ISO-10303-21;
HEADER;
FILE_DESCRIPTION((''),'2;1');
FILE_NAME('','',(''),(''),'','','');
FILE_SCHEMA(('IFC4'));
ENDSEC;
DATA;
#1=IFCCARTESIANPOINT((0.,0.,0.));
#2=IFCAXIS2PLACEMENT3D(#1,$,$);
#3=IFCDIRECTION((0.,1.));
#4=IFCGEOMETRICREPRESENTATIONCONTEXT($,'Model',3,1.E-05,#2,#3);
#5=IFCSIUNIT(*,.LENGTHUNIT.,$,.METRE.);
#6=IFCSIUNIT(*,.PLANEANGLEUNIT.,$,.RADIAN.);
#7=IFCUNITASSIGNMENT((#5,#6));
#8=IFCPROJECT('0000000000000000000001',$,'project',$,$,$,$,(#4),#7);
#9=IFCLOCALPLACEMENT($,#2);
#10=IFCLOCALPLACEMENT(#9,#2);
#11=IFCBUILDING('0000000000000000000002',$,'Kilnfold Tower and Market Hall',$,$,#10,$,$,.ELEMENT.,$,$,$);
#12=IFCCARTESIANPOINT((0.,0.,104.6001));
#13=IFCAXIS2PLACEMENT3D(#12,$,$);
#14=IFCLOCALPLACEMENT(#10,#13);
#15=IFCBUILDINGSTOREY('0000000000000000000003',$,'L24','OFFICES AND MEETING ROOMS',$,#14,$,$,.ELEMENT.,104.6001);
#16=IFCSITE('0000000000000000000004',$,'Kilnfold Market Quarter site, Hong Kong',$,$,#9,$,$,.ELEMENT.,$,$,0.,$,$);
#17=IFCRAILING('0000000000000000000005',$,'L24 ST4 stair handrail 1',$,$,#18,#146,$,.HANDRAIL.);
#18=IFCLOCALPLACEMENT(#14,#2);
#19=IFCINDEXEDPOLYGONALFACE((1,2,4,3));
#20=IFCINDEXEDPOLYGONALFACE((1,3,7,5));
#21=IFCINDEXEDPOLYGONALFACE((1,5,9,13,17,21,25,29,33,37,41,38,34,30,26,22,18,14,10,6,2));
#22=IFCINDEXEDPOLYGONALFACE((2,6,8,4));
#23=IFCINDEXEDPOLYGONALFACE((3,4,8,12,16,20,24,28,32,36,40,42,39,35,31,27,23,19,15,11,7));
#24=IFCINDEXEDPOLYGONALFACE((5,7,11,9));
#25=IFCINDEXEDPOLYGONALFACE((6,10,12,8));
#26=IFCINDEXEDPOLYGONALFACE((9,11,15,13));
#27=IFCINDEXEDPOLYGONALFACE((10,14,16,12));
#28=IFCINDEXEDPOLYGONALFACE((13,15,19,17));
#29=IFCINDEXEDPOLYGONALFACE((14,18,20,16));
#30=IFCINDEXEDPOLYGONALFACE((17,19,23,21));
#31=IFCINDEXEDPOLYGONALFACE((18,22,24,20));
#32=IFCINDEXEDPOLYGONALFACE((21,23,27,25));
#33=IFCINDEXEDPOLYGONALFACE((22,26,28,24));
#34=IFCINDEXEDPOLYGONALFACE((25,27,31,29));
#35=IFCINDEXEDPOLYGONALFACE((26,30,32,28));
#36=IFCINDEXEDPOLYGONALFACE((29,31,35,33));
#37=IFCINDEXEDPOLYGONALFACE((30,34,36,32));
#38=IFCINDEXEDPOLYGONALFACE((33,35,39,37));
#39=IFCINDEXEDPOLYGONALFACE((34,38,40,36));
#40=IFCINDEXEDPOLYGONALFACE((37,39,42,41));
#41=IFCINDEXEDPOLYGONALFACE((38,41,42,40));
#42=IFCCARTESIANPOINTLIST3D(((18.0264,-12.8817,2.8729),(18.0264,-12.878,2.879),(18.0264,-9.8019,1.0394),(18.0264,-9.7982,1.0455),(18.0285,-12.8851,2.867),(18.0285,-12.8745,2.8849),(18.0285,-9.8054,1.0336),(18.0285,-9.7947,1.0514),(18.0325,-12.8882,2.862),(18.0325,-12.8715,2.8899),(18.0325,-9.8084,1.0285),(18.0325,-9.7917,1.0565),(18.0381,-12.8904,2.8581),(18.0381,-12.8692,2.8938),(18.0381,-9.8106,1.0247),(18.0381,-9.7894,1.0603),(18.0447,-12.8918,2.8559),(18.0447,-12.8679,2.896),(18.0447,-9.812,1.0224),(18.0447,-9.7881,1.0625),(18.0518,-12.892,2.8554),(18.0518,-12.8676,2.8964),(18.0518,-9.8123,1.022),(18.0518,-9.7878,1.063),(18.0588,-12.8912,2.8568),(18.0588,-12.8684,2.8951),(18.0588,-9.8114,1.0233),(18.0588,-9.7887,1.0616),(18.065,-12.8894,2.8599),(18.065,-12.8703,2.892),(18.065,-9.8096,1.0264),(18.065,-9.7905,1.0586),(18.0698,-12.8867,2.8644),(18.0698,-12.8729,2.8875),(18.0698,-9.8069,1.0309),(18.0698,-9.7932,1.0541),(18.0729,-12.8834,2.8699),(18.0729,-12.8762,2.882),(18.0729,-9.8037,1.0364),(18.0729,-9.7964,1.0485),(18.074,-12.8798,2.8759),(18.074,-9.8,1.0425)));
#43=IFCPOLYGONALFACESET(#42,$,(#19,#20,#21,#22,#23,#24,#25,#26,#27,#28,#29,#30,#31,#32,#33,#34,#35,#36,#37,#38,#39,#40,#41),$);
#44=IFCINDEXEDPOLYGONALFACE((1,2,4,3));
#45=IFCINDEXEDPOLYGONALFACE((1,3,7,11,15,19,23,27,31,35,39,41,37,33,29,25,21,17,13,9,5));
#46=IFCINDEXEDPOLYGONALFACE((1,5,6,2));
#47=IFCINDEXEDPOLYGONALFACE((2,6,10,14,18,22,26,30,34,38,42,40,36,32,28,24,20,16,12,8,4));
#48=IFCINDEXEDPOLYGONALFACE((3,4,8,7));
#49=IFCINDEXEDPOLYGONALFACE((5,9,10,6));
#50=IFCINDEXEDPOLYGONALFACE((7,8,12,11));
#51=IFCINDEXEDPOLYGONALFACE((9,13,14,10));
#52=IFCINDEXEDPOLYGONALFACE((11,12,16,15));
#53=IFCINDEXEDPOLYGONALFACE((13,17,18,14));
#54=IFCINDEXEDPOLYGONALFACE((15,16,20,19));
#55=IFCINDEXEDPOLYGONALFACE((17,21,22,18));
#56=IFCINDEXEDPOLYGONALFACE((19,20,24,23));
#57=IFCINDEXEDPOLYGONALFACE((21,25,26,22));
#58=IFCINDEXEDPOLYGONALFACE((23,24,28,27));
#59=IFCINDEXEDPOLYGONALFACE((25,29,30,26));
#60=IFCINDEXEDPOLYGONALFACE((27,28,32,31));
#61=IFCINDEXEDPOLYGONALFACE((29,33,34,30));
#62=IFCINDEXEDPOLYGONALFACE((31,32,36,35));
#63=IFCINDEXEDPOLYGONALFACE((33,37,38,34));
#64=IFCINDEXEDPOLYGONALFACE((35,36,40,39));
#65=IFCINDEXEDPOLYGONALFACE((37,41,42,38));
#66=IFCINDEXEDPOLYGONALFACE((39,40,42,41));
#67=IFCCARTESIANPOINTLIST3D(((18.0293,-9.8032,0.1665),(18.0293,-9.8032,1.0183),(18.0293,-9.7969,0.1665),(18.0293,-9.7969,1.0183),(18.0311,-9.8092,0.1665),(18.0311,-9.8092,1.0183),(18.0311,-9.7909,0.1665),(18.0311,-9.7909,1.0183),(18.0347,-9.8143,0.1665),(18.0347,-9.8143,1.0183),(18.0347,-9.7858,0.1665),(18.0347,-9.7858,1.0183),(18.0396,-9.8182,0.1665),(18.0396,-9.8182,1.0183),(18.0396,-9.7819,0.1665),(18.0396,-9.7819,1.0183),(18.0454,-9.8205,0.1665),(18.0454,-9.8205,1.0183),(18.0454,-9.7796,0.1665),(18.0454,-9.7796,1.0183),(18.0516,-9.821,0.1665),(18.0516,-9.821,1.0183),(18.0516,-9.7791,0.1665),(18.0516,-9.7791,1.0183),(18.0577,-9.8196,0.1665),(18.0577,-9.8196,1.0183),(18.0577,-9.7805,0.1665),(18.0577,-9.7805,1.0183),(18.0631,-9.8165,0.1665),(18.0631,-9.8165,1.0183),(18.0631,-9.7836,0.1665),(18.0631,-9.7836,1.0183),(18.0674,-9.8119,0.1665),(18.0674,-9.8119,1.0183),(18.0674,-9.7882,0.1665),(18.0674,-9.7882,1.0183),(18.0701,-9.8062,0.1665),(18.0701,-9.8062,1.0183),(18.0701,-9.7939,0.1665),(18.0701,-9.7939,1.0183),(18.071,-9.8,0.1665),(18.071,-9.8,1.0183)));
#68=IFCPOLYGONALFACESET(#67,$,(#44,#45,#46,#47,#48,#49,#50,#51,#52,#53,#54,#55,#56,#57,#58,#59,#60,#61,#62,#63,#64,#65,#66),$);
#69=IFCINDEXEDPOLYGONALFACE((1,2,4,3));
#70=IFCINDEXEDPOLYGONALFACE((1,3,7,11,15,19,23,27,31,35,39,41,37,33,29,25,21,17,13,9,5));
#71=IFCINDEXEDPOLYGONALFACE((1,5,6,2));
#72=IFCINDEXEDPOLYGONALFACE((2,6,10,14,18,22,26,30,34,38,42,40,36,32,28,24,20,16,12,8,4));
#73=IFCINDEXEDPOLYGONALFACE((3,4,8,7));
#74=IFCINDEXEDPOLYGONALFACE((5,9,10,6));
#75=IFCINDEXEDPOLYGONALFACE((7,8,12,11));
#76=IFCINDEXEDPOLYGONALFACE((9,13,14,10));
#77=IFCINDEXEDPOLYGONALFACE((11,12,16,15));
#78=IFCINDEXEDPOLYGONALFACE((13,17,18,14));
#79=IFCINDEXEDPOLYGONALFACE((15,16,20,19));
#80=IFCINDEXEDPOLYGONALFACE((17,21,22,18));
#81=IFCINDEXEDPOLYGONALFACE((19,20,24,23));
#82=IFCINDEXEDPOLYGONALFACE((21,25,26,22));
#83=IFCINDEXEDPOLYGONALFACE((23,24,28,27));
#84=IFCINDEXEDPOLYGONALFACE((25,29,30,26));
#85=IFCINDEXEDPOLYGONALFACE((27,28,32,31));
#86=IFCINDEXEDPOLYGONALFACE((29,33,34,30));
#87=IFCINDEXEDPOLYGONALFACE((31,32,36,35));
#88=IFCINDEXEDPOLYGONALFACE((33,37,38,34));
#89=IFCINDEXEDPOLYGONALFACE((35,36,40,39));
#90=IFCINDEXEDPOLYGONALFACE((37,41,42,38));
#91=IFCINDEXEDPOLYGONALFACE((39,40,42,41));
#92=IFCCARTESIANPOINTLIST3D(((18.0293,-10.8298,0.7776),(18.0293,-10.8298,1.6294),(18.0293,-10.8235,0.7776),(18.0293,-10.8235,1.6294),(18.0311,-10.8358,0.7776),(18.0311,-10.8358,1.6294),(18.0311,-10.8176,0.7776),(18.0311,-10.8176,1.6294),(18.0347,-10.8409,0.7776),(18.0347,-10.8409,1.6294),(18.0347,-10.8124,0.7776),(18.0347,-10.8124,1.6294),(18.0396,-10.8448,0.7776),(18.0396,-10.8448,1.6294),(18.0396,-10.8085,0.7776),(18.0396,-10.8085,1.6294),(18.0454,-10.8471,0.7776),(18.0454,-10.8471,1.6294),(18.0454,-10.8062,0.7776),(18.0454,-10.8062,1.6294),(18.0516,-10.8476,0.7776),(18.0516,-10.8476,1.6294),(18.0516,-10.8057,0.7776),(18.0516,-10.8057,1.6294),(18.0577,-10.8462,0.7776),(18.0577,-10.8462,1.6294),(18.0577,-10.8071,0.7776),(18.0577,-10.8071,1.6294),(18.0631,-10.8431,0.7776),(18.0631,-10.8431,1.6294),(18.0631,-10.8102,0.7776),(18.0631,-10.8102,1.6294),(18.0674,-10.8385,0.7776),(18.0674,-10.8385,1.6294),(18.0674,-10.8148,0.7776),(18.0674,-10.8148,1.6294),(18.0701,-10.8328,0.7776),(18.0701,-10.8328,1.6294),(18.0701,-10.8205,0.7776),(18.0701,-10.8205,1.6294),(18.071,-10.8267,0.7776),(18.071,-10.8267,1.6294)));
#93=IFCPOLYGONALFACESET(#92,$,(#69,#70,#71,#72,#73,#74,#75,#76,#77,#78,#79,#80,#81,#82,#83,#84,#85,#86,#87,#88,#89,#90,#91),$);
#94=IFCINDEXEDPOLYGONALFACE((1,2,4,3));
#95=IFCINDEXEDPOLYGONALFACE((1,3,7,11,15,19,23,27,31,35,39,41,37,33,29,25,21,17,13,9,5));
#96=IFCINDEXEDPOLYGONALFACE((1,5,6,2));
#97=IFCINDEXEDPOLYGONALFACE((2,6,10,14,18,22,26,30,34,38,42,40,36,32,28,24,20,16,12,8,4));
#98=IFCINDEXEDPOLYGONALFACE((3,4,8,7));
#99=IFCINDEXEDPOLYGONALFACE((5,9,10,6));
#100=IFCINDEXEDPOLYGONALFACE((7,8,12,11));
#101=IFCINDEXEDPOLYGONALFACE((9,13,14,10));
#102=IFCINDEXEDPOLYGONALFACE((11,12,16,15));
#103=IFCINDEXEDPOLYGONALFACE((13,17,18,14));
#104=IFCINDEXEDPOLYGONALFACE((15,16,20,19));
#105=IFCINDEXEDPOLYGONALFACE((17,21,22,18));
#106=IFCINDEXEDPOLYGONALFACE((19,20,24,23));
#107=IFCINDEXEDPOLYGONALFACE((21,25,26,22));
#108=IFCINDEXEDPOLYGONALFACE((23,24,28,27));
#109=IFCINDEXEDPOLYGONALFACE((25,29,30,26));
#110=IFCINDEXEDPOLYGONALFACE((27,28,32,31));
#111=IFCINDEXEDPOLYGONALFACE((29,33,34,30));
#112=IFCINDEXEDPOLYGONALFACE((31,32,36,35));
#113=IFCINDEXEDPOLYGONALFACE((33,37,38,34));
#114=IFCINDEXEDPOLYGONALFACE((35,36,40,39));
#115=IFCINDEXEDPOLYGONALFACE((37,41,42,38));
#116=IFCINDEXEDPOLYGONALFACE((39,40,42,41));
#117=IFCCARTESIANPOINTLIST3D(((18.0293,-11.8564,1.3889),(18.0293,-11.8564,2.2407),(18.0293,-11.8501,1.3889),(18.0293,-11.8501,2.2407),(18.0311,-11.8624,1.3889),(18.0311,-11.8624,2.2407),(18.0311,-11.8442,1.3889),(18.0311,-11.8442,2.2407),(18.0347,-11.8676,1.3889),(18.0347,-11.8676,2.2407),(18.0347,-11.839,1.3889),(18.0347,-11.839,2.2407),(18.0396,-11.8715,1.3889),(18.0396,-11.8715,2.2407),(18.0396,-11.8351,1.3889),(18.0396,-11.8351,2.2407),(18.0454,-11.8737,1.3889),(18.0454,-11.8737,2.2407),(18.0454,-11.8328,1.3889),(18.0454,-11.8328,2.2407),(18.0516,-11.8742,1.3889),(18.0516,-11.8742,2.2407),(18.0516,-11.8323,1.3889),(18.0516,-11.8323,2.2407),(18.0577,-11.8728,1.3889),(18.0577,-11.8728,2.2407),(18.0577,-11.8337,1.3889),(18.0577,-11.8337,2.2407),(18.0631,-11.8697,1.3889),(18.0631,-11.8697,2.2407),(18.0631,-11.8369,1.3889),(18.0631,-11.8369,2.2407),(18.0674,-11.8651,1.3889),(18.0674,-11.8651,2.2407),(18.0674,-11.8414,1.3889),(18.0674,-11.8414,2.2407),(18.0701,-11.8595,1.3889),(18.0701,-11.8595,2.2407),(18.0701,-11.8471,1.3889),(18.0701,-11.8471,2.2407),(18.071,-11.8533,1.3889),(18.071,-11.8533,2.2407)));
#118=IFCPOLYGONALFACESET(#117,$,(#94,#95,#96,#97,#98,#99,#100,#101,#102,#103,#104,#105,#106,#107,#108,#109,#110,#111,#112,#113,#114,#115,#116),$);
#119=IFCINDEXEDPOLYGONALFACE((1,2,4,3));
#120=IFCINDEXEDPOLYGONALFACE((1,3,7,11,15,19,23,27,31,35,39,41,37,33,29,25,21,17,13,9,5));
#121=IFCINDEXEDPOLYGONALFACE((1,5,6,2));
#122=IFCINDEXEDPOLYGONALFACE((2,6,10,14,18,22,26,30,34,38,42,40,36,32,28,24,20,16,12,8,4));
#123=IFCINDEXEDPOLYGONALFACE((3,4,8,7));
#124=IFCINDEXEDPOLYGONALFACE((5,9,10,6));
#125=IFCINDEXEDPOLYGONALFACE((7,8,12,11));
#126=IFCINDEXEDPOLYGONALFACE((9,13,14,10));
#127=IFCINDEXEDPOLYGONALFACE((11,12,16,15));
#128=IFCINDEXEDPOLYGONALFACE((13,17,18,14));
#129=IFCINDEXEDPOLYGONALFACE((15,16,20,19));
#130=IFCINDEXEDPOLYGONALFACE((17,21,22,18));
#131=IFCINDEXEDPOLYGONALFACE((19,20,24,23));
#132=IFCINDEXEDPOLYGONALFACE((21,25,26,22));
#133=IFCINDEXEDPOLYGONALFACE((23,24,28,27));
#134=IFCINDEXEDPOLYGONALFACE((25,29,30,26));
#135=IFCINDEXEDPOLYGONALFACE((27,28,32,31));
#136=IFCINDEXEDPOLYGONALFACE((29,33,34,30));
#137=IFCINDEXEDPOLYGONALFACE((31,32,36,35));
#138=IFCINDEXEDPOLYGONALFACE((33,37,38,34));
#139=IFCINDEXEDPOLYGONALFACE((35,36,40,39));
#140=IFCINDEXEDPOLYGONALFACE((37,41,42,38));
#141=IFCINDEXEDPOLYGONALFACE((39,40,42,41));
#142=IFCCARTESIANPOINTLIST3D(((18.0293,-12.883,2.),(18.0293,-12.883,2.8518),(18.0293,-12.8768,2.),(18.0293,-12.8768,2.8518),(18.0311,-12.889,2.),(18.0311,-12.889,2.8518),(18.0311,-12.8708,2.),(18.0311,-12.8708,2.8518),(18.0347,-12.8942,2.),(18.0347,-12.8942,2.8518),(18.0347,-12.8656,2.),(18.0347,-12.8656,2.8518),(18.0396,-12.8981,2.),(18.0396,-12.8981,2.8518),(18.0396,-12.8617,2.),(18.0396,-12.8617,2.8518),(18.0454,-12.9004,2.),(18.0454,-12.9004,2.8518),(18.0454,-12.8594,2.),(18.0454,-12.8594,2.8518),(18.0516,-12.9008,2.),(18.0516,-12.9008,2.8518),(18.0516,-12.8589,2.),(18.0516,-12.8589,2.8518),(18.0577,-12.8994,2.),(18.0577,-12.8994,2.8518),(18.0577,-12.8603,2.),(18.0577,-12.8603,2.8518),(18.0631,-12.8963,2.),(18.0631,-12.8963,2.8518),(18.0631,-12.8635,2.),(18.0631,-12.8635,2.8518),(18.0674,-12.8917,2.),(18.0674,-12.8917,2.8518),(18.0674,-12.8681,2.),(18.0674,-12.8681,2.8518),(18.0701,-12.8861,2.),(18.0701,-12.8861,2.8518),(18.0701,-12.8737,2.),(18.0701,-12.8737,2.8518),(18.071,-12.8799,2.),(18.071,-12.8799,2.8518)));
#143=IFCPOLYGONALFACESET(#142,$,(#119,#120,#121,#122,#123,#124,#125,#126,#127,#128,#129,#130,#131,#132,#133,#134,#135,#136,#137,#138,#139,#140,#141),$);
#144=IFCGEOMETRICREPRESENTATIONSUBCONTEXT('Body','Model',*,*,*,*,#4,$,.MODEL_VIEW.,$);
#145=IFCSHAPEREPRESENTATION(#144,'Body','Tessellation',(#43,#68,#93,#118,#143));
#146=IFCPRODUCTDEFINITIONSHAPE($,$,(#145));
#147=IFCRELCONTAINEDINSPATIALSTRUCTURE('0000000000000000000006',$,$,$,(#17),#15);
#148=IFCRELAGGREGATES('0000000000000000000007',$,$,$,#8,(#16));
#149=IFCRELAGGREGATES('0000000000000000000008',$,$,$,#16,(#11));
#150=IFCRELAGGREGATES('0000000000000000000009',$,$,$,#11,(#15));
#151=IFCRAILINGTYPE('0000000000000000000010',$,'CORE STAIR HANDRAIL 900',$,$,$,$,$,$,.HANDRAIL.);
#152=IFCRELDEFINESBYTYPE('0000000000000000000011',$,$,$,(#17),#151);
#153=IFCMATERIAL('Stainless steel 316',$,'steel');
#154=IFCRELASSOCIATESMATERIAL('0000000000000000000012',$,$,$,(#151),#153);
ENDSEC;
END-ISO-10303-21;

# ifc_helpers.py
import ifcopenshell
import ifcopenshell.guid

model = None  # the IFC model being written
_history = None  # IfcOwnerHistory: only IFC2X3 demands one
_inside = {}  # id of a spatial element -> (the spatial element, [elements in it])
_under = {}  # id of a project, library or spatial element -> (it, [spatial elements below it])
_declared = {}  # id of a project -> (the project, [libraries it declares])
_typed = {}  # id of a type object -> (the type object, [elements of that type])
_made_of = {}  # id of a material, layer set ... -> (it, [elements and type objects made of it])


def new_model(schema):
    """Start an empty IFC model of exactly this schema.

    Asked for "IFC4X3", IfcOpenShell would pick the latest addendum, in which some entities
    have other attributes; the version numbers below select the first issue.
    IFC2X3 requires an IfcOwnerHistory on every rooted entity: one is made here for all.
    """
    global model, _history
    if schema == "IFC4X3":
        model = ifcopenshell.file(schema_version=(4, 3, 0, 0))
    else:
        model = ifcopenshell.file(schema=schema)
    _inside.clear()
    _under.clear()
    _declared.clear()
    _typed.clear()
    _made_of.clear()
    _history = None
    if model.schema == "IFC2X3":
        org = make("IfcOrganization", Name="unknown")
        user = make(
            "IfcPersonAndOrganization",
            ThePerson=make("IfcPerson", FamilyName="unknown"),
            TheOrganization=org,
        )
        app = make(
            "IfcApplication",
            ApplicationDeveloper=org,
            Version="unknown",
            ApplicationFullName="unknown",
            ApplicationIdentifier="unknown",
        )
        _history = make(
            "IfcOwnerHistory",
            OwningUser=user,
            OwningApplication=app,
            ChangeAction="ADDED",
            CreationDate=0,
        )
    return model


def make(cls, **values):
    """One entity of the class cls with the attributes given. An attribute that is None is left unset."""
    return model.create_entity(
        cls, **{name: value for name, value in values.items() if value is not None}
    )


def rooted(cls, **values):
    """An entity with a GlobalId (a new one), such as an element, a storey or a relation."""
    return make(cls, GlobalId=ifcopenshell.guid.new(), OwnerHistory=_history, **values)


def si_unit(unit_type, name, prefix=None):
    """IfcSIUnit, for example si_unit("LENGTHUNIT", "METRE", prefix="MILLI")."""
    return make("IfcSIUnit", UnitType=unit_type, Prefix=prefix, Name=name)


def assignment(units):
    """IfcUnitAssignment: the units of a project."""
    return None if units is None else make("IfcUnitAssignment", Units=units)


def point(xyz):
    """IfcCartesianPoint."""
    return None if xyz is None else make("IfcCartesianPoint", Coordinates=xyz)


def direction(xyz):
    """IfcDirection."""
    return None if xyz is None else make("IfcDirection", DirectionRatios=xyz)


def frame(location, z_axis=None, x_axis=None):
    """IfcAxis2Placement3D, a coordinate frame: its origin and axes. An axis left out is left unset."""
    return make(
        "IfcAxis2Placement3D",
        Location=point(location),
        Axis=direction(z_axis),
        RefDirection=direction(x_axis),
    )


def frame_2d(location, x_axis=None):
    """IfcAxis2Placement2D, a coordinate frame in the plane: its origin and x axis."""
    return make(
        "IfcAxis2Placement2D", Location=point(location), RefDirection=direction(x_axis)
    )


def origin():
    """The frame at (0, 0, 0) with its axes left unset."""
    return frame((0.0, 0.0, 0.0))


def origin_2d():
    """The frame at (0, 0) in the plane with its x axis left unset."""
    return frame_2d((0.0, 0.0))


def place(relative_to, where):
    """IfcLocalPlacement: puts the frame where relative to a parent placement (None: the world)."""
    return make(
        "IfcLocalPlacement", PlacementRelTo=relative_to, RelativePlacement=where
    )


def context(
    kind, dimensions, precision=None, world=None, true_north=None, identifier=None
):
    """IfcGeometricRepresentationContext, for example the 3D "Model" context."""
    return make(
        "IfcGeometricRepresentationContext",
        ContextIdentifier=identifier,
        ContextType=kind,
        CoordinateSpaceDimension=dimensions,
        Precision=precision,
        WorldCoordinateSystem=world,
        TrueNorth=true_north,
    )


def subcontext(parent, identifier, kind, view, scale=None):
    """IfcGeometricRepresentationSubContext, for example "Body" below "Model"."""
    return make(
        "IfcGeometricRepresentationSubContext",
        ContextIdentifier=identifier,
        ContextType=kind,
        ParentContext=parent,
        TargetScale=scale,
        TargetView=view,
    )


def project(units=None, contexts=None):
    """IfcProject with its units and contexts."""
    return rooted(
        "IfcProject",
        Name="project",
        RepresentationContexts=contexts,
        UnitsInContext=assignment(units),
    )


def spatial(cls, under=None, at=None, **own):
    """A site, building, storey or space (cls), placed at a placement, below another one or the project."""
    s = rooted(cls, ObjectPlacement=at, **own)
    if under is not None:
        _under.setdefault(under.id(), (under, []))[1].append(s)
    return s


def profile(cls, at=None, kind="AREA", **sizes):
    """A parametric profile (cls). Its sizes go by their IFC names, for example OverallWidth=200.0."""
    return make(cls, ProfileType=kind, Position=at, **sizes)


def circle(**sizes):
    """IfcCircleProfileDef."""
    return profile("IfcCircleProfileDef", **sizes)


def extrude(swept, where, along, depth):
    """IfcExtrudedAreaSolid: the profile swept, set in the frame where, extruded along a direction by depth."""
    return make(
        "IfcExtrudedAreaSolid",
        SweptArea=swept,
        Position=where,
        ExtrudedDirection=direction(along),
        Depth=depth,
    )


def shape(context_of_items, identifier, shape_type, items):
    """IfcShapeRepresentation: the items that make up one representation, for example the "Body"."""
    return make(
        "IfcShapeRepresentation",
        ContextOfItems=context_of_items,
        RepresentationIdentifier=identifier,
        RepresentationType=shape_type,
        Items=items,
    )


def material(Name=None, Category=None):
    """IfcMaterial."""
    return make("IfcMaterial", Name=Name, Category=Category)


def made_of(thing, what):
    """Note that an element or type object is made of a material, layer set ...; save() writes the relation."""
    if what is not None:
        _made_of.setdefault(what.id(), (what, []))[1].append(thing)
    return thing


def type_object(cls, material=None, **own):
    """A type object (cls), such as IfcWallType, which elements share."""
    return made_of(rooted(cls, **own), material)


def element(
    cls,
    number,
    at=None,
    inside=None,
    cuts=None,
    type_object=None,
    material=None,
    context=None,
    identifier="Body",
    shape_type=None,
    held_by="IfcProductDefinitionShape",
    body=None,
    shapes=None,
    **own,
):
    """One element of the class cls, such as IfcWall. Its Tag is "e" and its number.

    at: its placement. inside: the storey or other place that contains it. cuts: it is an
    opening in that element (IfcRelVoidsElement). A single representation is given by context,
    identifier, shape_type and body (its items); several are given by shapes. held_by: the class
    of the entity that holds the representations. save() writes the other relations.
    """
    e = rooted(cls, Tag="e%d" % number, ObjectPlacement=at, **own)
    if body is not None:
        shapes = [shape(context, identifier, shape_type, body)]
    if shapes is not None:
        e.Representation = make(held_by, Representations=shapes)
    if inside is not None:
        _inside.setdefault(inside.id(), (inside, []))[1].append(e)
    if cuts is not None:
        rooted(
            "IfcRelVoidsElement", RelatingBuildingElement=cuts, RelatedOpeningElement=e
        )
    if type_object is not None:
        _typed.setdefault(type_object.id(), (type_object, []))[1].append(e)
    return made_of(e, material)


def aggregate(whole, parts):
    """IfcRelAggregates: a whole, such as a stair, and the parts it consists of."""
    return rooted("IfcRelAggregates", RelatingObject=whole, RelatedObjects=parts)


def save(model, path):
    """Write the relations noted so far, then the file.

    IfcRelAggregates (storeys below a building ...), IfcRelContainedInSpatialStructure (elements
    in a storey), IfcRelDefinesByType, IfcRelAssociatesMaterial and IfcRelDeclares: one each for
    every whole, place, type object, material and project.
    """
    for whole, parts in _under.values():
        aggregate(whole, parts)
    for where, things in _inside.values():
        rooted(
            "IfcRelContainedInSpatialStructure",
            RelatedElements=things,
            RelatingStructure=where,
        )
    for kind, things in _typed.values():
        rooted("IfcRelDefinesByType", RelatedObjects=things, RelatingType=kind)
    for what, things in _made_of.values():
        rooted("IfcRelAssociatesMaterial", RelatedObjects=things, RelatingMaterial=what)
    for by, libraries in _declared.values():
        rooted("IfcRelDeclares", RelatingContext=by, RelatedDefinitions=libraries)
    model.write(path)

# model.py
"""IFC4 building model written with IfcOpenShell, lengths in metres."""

from ifc_helpers import new_model, si_unit, direction, frame, origin, origin_2d, place, context, subcontext, project, spatial, circle, extrude, material, type_object, element, save


model = new_model("IFC4")

# Units and contexts
model_context = context("Model", 3, precision=1e-05, world=origin(), true_north=direction((0.0, 1.0)))
body_context = subcontext(model_context, "Body", "Model", "MODEL_VIEW")
ifc_project = project(units=[si_unit("LENGTHUNIT", "METRE"), si_unit("PLANEANGLEUNIT", "RADIAN")], contexts=[model_context])

# Site, building, storey
site_placement = place(None, origin())
site = spatial("IfcSite", under=ifc_project, at=site_placement, Name="Kilnfold Market Quarter site, Hong Kong", CompositionType="ELEMENT", RefElevation=0.0)
building_placement = place(site_placement, origin())
building = spatial("IfcBuilding", under=site, at=building_placement, Name="Kilnfold Tower and Market Hall", CompositionType="ELEMENT")
storey_placement = place(building_placement, frame((0.0, 0.0, 104.6001)))
storey = spatial("IfcBuildingStorey", under=building, at=storey_placement, Name="L24", Description="OFFICES AND MEETING ROOMS", CompositionType="ELEMENT", Elevation=104.6001)

# Railing
ifc_material_1 = material(Name="Stainless steel 316", Category="steel")
railing_type_1 = type_object("IfcRailingType", Name="CORE STAIR HANDRAIL 900", PredefinedType="HANDRAIL", material=ifc_material_1)
railing_1_placement = place(storey_placement, frame((18.05, -9.8, 0.1665)))
element("IfcRailing", 1, at=railing_1_placement, inside=storey, type_object=railing_type_1, Name="L24 ST4 stair handrail 1", PredefinedType="HANDRAIL", context=body_context, shape_type="SweptSolid", body=[
    extrude(circle(Radius=0.0239, at=origin_2d()), frame((0.0, 0.0, 0.876), z_axis=(0.0, -0.859261, 0.511538), x_axis=(1.0, 0.0, 0.0)), (0.0, 0.0, 1.0), 3.5842),
    extrude(circle(Radius=0.021, at=origin_2d()), origin(), (0.0, 0.0, 1.0), 0.8518),
    extrude(circle(Radius=0.021, at=origin_2d()), frame((0.0, -1.0266, 0.6111)), (0.0, 0.0, 1.0), 0.8518),
    extrude(circle(Radius=0.021, at=origin_2d()), frame((0.0, -2.0532, 1.2224)), (0.0, 0.0, 1.0), 0.8518),
    extrude(circle(Radius=0.021, at=origin_2d()), frame((0.0, -3.0798, 1.8335)), (0.0, 0.0, 1.0), 0.8518),
])

save(model, "model.ifc")
